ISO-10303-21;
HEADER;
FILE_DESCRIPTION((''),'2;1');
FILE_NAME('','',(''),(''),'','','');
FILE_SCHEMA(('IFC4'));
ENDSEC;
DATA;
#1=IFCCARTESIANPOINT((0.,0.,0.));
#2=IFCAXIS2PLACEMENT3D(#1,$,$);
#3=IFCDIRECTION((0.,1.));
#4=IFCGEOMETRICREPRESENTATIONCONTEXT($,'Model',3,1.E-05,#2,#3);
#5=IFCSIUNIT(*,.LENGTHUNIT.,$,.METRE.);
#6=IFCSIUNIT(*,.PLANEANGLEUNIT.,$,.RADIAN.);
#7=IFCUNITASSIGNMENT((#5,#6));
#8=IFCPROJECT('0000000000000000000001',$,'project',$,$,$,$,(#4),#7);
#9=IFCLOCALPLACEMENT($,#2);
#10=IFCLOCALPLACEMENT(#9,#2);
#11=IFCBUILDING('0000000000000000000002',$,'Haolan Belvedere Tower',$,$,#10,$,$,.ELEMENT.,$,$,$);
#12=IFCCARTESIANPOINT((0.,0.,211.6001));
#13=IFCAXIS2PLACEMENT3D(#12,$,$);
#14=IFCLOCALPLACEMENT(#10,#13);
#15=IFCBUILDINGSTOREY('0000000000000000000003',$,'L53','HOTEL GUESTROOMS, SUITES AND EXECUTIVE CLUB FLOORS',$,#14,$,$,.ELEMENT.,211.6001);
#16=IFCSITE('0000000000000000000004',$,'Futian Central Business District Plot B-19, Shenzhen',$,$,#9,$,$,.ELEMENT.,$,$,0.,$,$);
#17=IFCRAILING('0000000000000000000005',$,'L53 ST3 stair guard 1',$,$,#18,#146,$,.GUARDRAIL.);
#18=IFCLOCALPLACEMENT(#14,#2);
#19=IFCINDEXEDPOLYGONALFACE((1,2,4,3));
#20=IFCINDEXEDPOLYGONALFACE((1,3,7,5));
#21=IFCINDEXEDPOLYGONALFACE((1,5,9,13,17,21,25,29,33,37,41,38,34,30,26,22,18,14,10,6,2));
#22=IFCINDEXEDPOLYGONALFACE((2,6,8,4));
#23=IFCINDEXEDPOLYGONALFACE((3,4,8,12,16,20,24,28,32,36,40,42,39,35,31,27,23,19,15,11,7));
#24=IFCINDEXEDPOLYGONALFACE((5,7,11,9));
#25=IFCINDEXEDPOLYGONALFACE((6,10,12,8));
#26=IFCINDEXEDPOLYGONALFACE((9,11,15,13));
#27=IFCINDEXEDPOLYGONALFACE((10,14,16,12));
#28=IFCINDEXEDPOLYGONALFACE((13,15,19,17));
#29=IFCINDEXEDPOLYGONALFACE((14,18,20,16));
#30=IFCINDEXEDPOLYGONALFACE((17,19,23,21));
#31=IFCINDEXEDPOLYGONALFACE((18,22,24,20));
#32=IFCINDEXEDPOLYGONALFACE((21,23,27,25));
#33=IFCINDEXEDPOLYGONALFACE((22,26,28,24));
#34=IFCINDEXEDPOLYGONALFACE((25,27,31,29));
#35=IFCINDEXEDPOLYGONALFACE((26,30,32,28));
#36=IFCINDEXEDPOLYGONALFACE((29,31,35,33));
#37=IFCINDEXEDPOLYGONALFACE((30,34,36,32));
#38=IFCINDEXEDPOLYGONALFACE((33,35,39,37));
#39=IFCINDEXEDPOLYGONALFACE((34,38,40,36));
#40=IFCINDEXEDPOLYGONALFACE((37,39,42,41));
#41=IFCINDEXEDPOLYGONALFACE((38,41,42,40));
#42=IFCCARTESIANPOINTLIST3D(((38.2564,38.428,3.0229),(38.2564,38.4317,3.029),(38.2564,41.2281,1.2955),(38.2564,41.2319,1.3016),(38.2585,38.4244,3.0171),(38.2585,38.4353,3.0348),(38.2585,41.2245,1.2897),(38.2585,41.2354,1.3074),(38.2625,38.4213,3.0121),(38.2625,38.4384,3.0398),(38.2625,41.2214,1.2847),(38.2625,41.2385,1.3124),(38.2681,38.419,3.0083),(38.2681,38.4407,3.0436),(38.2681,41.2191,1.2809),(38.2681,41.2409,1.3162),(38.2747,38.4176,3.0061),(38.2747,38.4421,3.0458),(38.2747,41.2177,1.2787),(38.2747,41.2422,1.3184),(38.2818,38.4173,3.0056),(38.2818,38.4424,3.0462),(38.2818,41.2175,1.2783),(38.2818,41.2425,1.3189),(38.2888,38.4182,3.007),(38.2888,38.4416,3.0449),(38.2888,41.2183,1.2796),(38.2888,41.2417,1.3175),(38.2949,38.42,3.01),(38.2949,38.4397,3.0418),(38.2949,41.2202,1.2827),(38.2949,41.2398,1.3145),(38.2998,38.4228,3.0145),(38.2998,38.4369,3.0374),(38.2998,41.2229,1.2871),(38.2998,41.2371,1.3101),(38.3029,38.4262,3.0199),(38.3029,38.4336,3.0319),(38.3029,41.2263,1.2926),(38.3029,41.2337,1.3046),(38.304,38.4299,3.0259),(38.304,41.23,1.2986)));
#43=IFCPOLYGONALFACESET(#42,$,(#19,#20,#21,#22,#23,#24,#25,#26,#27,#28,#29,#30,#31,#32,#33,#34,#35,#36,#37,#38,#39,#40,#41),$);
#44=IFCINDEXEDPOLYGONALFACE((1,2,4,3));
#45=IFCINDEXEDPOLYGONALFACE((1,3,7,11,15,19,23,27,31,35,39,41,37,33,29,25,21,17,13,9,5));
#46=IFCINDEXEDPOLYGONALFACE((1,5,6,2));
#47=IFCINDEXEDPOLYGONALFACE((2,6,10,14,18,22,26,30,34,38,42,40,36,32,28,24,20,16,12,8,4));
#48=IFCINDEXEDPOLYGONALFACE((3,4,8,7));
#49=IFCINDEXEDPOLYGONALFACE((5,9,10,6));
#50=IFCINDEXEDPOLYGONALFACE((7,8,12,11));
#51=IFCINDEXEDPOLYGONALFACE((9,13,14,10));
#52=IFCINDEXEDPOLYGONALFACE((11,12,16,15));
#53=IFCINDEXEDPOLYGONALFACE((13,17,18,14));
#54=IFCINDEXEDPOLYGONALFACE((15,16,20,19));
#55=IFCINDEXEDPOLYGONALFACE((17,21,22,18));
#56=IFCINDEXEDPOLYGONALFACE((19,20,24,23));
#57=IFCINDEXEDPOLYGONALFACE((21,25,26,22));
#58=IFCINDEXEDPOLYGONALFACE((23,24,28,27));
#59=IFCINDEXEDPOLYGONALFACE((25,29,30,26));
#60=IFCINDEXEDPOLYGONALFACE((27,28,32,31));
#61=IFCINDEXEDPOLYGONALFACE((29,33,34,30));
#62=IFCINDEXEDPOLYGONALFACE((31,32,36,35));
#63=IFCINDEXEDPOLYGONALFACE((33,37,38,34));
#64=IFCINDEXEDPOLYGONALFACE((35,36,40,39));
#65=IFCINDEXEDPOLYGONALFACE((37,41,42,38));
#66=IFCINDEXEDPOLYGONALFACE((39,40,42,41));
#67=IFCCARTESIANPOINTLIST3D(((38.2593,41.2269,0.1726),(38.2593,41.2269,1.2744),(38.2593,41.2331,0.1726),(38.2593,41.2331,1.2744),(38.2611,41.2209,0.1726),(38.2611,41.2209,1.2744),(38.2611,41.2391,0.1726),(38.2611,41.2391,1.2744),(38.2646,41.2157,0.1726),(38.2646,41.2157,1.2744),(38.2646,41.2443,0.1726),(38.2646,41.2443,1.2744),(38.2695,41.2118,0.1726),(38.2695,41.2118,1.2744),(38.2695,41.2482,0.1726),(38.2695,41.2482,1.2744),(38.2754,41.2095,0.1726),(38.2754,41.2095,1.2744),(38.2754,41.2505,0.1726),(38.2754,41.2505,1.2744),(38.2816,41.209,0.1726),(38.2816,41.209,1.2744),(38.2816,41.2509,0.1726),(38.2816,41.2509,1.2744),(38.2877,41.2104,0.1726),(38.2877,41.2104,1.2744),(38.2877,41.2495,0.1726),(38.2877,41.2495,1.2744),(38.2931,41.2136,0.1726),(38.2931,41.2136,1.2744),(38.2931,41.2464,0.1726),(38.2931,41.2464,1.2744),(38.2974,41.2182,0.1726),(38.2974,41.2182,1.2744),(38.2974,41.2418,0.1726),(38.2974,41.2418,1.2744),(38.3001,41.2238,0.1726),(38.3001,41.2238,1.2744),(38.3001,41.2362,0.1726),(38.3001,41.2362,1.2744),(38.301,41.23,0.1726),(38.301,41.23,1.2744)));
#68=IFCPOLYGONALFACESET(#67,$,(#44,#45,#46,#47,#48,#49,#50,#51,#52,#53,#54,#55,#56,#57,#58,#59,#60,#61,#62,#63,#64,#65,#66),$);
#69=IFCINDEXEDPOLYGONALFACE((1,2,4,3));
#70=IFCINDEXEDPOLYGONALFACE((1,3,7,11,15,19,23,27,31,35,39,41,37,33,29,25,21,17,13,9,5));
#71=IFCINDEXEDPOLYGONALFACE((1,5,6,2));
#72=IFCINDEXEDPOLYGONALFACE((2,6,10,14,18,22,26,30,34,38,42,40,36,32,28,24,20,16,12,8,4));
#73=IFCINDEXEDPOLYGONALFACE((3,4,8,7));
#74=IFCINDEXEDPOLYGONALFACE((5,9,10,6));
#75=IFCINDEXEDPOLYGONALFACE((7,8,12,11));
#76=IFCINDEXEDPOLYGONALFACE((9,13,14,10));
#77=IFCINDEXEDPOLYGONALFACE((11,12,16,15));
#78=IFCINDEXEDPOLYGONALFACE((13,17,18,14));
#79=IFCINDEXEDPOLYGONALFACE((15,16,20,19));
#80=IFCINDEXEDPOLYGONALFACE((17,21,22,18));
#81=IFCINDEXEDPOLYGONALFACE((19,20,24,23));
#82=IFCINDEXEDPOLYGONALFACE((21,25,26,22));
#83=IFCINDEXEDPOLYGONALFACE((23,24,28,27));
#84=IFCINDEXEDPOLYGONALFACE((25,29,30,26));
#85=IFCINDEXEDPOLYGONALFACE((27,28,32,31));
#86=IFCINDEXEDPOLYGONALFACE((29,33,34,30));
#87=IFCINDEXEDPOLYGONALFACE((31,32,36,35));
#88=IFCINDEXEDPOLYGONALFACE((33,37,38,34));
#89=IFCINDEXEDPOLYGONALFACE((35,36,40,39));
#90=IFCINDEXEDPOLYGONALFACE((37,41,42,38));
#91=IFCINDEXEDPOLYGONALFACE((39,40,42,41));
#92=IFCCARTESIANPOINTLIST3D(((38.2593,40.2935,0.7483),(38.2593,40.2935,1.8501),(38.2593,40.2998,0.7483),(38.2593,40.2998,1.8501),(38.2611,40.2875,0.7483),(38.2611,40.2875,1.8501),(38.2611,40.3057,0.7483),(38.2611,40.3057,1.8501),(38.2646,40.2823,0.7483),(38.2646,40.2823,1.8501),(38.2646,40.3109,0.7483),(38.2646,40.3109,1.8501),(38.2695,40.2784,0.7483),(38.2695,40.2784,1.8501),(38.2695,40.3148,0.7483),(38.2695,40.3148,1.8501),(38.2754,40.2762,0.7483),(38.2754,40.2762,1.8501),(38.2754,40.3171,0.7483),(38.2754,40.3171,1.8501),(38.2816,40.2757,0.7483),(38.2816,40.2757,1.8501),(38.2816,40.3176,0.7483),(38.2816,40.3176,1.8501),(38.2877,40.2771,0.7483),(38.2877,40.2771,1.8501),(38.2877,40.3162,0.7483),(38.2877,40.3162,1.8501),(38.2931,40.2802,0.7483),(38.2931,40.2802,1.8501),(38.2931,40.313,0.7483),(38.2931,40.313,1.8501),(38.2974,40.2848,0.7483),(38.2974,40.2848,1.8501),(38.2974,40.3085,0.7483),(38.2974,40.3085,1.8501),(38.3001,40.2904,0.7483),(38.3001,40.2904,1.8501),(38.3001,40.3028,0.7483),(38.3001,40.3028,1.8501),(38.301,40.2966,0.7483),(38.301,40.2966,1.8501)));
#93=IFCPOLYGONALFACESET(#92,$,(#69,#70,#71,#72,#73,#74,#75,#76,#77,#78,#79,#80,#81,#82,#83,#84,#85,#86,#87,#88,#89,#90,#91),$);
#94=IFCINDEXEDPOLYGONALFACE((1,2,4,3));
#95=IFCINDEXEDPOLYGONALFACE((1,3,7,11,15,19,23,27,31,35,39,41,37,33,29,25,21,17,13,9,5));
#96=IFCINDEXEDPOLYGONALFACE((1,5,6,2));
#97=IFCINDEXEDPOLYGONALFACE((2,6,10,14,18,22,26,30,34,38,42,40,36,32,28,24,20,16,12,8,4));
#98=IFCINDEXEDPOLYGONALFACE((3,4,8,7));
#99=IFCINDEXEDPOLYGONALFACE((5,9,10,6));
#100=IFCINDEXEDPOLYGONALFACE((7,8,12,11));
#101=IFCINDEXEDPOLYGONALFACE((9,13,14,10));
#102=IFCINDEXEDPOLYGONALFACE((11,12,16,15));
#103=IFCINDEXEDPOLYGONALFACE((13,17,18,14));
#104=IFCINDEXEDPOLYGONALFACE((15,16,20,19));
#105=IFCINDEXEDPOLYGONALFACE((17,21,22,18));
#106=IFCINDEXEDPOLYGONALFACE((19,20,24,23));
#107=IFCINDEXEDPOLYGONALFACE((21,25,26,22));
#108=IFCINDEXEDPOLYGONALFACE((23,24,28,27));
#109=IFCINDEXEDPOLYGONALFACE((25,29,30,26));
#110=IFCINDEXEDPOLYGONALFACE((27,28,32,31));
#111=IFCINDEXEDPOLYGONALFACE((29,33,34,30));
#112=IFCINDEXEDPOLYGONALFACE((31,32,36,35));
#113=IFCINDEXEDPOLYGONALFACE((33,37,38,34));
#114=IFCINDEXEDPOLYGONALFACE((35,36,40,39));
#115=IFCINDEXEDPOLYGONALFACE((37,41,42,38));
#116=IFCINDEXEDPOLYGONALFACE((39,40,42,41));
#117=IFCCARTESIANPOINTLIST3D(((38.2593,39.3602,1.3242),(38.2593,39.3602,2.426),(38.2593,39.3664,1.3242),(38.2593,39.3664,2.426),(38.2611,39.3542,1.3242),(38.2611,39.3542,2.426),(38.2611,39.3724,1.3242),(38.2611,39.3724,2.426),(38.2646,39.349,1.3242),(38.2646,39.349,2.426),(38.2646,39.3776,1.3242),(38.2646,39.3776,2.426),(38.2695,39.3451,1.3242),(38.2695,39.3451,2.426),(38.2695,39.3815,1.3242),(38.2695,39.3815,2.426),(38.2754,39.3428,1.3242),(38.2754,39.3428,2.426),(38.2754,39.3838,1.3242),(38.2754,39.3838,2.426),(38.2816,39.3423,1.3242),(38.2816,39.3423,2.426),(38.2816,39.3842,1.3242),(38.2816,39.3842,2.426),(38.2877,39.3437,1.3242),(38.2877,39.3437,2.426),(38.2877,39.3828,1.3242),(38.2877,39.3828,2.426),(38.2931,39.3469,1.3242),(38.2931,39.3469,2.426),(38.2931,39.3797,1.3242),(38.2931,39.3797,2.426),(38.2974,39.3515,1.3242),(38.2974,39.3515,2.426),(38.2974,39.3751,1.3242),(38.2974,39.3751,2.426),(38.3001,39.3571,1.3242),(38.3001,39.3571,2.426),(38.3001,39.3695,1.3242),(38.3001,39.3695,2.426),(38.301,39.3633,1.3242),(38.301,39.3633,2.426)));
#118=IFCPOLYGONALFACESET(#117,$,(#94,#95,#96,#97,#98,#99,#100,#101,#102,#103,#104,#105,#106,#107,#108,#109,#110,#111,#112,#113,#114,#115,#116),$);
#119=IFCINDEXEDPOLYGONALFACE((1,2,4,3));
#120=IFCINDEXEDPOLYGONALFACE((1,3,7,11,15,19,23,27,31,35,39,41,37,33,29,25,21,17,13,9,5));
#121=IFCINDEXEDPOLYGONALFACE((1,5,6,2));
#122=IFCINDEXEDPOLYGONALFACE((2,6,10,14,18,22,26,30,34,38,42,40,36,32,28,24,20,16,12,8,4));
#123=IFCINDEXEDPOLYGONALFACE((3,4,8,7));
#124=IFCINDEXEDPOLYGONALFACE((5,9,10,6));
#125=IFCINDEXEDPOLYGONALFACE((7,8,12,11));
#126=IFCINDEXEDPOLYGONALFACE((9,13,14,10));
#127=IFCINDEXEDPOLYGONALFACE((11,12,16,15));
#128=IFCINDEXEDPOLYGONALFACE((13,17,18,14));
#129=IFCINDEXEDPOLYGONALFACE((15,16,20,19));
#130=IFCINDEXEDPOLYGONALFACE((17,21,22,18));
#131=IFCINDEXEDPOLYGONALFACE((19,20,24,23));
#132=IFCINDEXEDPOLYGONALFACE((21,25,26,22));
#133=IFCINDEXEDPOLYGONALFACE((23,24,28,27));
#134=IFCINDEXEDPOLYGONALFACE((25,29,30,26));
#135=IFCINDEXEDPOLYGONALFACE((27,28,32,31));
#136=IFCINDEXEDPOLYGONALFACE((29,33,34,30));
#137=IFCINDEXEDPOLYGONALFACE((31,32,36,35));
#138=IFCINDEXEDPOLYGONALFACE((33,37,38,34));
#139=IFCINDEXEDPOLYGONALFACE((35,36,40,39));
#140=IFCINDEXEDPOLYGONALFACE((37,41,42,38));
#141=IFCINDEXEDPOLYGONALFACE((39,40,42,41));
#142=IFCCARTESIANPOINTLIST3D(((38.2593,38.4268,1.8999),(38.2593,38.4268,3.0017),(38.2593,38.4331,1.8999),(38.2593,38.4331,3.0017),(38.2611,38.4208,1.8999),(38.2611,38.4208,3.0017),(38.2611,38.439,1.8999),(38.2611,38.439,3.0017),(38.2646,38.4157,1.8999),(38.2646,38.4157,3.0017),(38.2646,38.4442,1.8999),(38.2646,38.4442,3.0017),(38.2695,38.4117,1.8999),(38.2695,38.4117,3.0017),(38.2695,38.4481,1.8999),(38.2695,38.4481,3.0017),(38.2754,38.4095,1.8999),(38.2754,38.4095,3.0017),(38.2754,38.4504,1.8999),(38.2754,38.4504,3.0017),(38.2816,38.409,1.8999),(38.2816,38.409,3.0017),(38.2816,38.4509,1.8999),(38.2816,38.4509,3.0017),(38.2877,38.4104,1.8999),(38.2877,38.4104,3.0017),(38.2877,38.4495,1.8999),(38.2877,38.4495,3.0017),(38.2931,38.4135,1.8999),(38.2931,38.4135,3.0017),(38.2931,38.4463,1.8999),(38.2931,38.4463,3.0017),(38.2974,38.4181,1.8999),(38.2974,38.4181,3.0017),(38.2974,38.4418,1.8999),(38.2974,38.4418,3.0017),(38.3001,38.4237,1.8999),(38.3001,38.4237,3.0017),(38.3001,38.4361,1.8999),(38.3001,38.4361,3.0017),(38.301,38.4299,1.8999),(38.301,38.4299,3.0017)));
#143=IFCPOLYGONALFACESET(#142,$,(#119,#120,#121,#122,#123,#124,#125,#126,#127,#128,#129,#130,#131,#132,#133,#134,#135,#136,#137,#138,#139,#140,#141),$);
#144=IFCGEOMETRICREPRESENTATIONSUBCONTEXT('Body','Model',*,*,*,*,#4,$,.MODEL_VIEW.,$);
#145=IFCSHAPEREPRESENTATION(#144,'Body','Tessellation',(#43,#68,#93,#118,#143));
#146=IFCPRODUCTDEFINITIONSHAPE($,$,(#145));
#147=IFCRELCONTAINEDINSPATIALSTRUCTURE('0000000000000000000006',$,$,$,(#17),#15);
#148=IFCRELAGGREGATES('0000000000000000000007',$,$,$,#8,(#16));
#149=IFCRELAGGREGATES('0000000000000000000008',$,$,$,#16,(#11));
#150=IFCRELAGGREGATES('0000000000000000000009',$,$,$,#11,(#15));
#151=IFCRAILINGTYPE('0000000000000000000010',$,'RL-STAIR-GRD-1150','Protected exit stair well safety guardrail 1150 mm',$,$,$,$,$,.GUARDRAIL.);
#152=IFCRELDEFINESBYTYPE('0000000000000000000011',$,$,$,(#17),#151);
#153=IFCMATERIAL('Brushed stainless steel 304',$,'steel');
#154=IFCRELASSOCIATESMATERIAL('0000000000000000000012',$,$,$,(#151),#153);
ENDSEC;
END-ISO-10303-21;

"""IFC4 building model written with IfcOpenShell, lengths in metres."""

from ifc_helpers import new_model, si_unit, direction, frame, origin, origin_2d, place, context, subcontext, project, spatial, circle, extrude, material, type_object, element, save


model = new_model("IFC4")

# Units and contexts
model_context = context("Model", 3, precision=1e-05, world=origin(), true_north=direction((0.0, 1.0)))
body_context = subcontext(model_context, "Body", "Model", "MODEL_VIEW")
ifc_project = project(units=[si_unit("LENGTHUNIT", "METRE"), si_unit("PLANEANGLEUNIT", "RADIAN")], contexts=[model_context])

# Site, building, storey
site_placement = place(None, origin())
site = spatial("IfcSite", under=ifc_project, at=site_placement, Name="Futian Central Business District Plot B-19, Shenzhen", CompositionType="ELEMENT", RefElevation=0.0)
building_placement = place(site_placement, origin())
building = spatial("IfcBuilding", under=site, at=building_placement, Name="Haolan Belvedere Tower", CompositionType="ELEMENT")
storey_placement = place(building_placement, frame((0.0, 0.0, 211.6001)))
storey = spatial("IfcBuildingStorey", under=building, at=storey_placement, Name="L53", Description="HOTEL GUESTROOMS, SUITES AND EXECUTIVE CLUB FLOORS", CompositionType="ELEMENT", Elevation=211.6001)

# Railing
ifc_material_1 = material(Name="Brushed stainless steel 304", Category="steel")
railing_type = type_object("IfcRailingType", Name="RL-STAIR-GRD-1150", Description="Protected exit stair well safety guardrail 1150 mm", PredefinedType="GUARDRAIL", material=ifc_material_1)
railing_1_placement = place(storey_placement, frame((38.28, 41.23, 0.1726)))
element("IfcRailing", 1, at=railing_1_placement, inside=storey, type_object=railing_type, Name="L53 ST3 stair guard 1", PredefinedType="GUARDRAIL", context=body_context, shape_type="SweptSolid", body=[
    extrude(circle(Radius=0.0239, at=origin_2d()), frame((0.0, 0.0, 1.126), z_axis=(0.0, -0.85109, 0.52502), x_axis=(1.0, 0.0, 0.0)), (0.0, 0.0, 1.0), 3.29),
    extrude(circle(Radius=0.021, at=origin_2d()), origin(), (0.0, 0.0, 1.0), 1.1018),
    extrude(circle(Radius=0.021, at=origin_2d()), frame((0.0, -0.9333, 0.5757)), (0.0, 0.0, 1.0), 1.1018),
    extrude(circle(Radius=0.021, at=origin_2d()), frame((0.0, -1.8667, 1.1516)), (0.0, 0.0, 1.0), 1.1018),
    extrude(circle(Radius=0.021, at=origin_2d()), frame((0.0, -2.8, 1.7273)), (0.0, 0.0, 1.0), 1.1018),
])

save(model, "model.ifc")
